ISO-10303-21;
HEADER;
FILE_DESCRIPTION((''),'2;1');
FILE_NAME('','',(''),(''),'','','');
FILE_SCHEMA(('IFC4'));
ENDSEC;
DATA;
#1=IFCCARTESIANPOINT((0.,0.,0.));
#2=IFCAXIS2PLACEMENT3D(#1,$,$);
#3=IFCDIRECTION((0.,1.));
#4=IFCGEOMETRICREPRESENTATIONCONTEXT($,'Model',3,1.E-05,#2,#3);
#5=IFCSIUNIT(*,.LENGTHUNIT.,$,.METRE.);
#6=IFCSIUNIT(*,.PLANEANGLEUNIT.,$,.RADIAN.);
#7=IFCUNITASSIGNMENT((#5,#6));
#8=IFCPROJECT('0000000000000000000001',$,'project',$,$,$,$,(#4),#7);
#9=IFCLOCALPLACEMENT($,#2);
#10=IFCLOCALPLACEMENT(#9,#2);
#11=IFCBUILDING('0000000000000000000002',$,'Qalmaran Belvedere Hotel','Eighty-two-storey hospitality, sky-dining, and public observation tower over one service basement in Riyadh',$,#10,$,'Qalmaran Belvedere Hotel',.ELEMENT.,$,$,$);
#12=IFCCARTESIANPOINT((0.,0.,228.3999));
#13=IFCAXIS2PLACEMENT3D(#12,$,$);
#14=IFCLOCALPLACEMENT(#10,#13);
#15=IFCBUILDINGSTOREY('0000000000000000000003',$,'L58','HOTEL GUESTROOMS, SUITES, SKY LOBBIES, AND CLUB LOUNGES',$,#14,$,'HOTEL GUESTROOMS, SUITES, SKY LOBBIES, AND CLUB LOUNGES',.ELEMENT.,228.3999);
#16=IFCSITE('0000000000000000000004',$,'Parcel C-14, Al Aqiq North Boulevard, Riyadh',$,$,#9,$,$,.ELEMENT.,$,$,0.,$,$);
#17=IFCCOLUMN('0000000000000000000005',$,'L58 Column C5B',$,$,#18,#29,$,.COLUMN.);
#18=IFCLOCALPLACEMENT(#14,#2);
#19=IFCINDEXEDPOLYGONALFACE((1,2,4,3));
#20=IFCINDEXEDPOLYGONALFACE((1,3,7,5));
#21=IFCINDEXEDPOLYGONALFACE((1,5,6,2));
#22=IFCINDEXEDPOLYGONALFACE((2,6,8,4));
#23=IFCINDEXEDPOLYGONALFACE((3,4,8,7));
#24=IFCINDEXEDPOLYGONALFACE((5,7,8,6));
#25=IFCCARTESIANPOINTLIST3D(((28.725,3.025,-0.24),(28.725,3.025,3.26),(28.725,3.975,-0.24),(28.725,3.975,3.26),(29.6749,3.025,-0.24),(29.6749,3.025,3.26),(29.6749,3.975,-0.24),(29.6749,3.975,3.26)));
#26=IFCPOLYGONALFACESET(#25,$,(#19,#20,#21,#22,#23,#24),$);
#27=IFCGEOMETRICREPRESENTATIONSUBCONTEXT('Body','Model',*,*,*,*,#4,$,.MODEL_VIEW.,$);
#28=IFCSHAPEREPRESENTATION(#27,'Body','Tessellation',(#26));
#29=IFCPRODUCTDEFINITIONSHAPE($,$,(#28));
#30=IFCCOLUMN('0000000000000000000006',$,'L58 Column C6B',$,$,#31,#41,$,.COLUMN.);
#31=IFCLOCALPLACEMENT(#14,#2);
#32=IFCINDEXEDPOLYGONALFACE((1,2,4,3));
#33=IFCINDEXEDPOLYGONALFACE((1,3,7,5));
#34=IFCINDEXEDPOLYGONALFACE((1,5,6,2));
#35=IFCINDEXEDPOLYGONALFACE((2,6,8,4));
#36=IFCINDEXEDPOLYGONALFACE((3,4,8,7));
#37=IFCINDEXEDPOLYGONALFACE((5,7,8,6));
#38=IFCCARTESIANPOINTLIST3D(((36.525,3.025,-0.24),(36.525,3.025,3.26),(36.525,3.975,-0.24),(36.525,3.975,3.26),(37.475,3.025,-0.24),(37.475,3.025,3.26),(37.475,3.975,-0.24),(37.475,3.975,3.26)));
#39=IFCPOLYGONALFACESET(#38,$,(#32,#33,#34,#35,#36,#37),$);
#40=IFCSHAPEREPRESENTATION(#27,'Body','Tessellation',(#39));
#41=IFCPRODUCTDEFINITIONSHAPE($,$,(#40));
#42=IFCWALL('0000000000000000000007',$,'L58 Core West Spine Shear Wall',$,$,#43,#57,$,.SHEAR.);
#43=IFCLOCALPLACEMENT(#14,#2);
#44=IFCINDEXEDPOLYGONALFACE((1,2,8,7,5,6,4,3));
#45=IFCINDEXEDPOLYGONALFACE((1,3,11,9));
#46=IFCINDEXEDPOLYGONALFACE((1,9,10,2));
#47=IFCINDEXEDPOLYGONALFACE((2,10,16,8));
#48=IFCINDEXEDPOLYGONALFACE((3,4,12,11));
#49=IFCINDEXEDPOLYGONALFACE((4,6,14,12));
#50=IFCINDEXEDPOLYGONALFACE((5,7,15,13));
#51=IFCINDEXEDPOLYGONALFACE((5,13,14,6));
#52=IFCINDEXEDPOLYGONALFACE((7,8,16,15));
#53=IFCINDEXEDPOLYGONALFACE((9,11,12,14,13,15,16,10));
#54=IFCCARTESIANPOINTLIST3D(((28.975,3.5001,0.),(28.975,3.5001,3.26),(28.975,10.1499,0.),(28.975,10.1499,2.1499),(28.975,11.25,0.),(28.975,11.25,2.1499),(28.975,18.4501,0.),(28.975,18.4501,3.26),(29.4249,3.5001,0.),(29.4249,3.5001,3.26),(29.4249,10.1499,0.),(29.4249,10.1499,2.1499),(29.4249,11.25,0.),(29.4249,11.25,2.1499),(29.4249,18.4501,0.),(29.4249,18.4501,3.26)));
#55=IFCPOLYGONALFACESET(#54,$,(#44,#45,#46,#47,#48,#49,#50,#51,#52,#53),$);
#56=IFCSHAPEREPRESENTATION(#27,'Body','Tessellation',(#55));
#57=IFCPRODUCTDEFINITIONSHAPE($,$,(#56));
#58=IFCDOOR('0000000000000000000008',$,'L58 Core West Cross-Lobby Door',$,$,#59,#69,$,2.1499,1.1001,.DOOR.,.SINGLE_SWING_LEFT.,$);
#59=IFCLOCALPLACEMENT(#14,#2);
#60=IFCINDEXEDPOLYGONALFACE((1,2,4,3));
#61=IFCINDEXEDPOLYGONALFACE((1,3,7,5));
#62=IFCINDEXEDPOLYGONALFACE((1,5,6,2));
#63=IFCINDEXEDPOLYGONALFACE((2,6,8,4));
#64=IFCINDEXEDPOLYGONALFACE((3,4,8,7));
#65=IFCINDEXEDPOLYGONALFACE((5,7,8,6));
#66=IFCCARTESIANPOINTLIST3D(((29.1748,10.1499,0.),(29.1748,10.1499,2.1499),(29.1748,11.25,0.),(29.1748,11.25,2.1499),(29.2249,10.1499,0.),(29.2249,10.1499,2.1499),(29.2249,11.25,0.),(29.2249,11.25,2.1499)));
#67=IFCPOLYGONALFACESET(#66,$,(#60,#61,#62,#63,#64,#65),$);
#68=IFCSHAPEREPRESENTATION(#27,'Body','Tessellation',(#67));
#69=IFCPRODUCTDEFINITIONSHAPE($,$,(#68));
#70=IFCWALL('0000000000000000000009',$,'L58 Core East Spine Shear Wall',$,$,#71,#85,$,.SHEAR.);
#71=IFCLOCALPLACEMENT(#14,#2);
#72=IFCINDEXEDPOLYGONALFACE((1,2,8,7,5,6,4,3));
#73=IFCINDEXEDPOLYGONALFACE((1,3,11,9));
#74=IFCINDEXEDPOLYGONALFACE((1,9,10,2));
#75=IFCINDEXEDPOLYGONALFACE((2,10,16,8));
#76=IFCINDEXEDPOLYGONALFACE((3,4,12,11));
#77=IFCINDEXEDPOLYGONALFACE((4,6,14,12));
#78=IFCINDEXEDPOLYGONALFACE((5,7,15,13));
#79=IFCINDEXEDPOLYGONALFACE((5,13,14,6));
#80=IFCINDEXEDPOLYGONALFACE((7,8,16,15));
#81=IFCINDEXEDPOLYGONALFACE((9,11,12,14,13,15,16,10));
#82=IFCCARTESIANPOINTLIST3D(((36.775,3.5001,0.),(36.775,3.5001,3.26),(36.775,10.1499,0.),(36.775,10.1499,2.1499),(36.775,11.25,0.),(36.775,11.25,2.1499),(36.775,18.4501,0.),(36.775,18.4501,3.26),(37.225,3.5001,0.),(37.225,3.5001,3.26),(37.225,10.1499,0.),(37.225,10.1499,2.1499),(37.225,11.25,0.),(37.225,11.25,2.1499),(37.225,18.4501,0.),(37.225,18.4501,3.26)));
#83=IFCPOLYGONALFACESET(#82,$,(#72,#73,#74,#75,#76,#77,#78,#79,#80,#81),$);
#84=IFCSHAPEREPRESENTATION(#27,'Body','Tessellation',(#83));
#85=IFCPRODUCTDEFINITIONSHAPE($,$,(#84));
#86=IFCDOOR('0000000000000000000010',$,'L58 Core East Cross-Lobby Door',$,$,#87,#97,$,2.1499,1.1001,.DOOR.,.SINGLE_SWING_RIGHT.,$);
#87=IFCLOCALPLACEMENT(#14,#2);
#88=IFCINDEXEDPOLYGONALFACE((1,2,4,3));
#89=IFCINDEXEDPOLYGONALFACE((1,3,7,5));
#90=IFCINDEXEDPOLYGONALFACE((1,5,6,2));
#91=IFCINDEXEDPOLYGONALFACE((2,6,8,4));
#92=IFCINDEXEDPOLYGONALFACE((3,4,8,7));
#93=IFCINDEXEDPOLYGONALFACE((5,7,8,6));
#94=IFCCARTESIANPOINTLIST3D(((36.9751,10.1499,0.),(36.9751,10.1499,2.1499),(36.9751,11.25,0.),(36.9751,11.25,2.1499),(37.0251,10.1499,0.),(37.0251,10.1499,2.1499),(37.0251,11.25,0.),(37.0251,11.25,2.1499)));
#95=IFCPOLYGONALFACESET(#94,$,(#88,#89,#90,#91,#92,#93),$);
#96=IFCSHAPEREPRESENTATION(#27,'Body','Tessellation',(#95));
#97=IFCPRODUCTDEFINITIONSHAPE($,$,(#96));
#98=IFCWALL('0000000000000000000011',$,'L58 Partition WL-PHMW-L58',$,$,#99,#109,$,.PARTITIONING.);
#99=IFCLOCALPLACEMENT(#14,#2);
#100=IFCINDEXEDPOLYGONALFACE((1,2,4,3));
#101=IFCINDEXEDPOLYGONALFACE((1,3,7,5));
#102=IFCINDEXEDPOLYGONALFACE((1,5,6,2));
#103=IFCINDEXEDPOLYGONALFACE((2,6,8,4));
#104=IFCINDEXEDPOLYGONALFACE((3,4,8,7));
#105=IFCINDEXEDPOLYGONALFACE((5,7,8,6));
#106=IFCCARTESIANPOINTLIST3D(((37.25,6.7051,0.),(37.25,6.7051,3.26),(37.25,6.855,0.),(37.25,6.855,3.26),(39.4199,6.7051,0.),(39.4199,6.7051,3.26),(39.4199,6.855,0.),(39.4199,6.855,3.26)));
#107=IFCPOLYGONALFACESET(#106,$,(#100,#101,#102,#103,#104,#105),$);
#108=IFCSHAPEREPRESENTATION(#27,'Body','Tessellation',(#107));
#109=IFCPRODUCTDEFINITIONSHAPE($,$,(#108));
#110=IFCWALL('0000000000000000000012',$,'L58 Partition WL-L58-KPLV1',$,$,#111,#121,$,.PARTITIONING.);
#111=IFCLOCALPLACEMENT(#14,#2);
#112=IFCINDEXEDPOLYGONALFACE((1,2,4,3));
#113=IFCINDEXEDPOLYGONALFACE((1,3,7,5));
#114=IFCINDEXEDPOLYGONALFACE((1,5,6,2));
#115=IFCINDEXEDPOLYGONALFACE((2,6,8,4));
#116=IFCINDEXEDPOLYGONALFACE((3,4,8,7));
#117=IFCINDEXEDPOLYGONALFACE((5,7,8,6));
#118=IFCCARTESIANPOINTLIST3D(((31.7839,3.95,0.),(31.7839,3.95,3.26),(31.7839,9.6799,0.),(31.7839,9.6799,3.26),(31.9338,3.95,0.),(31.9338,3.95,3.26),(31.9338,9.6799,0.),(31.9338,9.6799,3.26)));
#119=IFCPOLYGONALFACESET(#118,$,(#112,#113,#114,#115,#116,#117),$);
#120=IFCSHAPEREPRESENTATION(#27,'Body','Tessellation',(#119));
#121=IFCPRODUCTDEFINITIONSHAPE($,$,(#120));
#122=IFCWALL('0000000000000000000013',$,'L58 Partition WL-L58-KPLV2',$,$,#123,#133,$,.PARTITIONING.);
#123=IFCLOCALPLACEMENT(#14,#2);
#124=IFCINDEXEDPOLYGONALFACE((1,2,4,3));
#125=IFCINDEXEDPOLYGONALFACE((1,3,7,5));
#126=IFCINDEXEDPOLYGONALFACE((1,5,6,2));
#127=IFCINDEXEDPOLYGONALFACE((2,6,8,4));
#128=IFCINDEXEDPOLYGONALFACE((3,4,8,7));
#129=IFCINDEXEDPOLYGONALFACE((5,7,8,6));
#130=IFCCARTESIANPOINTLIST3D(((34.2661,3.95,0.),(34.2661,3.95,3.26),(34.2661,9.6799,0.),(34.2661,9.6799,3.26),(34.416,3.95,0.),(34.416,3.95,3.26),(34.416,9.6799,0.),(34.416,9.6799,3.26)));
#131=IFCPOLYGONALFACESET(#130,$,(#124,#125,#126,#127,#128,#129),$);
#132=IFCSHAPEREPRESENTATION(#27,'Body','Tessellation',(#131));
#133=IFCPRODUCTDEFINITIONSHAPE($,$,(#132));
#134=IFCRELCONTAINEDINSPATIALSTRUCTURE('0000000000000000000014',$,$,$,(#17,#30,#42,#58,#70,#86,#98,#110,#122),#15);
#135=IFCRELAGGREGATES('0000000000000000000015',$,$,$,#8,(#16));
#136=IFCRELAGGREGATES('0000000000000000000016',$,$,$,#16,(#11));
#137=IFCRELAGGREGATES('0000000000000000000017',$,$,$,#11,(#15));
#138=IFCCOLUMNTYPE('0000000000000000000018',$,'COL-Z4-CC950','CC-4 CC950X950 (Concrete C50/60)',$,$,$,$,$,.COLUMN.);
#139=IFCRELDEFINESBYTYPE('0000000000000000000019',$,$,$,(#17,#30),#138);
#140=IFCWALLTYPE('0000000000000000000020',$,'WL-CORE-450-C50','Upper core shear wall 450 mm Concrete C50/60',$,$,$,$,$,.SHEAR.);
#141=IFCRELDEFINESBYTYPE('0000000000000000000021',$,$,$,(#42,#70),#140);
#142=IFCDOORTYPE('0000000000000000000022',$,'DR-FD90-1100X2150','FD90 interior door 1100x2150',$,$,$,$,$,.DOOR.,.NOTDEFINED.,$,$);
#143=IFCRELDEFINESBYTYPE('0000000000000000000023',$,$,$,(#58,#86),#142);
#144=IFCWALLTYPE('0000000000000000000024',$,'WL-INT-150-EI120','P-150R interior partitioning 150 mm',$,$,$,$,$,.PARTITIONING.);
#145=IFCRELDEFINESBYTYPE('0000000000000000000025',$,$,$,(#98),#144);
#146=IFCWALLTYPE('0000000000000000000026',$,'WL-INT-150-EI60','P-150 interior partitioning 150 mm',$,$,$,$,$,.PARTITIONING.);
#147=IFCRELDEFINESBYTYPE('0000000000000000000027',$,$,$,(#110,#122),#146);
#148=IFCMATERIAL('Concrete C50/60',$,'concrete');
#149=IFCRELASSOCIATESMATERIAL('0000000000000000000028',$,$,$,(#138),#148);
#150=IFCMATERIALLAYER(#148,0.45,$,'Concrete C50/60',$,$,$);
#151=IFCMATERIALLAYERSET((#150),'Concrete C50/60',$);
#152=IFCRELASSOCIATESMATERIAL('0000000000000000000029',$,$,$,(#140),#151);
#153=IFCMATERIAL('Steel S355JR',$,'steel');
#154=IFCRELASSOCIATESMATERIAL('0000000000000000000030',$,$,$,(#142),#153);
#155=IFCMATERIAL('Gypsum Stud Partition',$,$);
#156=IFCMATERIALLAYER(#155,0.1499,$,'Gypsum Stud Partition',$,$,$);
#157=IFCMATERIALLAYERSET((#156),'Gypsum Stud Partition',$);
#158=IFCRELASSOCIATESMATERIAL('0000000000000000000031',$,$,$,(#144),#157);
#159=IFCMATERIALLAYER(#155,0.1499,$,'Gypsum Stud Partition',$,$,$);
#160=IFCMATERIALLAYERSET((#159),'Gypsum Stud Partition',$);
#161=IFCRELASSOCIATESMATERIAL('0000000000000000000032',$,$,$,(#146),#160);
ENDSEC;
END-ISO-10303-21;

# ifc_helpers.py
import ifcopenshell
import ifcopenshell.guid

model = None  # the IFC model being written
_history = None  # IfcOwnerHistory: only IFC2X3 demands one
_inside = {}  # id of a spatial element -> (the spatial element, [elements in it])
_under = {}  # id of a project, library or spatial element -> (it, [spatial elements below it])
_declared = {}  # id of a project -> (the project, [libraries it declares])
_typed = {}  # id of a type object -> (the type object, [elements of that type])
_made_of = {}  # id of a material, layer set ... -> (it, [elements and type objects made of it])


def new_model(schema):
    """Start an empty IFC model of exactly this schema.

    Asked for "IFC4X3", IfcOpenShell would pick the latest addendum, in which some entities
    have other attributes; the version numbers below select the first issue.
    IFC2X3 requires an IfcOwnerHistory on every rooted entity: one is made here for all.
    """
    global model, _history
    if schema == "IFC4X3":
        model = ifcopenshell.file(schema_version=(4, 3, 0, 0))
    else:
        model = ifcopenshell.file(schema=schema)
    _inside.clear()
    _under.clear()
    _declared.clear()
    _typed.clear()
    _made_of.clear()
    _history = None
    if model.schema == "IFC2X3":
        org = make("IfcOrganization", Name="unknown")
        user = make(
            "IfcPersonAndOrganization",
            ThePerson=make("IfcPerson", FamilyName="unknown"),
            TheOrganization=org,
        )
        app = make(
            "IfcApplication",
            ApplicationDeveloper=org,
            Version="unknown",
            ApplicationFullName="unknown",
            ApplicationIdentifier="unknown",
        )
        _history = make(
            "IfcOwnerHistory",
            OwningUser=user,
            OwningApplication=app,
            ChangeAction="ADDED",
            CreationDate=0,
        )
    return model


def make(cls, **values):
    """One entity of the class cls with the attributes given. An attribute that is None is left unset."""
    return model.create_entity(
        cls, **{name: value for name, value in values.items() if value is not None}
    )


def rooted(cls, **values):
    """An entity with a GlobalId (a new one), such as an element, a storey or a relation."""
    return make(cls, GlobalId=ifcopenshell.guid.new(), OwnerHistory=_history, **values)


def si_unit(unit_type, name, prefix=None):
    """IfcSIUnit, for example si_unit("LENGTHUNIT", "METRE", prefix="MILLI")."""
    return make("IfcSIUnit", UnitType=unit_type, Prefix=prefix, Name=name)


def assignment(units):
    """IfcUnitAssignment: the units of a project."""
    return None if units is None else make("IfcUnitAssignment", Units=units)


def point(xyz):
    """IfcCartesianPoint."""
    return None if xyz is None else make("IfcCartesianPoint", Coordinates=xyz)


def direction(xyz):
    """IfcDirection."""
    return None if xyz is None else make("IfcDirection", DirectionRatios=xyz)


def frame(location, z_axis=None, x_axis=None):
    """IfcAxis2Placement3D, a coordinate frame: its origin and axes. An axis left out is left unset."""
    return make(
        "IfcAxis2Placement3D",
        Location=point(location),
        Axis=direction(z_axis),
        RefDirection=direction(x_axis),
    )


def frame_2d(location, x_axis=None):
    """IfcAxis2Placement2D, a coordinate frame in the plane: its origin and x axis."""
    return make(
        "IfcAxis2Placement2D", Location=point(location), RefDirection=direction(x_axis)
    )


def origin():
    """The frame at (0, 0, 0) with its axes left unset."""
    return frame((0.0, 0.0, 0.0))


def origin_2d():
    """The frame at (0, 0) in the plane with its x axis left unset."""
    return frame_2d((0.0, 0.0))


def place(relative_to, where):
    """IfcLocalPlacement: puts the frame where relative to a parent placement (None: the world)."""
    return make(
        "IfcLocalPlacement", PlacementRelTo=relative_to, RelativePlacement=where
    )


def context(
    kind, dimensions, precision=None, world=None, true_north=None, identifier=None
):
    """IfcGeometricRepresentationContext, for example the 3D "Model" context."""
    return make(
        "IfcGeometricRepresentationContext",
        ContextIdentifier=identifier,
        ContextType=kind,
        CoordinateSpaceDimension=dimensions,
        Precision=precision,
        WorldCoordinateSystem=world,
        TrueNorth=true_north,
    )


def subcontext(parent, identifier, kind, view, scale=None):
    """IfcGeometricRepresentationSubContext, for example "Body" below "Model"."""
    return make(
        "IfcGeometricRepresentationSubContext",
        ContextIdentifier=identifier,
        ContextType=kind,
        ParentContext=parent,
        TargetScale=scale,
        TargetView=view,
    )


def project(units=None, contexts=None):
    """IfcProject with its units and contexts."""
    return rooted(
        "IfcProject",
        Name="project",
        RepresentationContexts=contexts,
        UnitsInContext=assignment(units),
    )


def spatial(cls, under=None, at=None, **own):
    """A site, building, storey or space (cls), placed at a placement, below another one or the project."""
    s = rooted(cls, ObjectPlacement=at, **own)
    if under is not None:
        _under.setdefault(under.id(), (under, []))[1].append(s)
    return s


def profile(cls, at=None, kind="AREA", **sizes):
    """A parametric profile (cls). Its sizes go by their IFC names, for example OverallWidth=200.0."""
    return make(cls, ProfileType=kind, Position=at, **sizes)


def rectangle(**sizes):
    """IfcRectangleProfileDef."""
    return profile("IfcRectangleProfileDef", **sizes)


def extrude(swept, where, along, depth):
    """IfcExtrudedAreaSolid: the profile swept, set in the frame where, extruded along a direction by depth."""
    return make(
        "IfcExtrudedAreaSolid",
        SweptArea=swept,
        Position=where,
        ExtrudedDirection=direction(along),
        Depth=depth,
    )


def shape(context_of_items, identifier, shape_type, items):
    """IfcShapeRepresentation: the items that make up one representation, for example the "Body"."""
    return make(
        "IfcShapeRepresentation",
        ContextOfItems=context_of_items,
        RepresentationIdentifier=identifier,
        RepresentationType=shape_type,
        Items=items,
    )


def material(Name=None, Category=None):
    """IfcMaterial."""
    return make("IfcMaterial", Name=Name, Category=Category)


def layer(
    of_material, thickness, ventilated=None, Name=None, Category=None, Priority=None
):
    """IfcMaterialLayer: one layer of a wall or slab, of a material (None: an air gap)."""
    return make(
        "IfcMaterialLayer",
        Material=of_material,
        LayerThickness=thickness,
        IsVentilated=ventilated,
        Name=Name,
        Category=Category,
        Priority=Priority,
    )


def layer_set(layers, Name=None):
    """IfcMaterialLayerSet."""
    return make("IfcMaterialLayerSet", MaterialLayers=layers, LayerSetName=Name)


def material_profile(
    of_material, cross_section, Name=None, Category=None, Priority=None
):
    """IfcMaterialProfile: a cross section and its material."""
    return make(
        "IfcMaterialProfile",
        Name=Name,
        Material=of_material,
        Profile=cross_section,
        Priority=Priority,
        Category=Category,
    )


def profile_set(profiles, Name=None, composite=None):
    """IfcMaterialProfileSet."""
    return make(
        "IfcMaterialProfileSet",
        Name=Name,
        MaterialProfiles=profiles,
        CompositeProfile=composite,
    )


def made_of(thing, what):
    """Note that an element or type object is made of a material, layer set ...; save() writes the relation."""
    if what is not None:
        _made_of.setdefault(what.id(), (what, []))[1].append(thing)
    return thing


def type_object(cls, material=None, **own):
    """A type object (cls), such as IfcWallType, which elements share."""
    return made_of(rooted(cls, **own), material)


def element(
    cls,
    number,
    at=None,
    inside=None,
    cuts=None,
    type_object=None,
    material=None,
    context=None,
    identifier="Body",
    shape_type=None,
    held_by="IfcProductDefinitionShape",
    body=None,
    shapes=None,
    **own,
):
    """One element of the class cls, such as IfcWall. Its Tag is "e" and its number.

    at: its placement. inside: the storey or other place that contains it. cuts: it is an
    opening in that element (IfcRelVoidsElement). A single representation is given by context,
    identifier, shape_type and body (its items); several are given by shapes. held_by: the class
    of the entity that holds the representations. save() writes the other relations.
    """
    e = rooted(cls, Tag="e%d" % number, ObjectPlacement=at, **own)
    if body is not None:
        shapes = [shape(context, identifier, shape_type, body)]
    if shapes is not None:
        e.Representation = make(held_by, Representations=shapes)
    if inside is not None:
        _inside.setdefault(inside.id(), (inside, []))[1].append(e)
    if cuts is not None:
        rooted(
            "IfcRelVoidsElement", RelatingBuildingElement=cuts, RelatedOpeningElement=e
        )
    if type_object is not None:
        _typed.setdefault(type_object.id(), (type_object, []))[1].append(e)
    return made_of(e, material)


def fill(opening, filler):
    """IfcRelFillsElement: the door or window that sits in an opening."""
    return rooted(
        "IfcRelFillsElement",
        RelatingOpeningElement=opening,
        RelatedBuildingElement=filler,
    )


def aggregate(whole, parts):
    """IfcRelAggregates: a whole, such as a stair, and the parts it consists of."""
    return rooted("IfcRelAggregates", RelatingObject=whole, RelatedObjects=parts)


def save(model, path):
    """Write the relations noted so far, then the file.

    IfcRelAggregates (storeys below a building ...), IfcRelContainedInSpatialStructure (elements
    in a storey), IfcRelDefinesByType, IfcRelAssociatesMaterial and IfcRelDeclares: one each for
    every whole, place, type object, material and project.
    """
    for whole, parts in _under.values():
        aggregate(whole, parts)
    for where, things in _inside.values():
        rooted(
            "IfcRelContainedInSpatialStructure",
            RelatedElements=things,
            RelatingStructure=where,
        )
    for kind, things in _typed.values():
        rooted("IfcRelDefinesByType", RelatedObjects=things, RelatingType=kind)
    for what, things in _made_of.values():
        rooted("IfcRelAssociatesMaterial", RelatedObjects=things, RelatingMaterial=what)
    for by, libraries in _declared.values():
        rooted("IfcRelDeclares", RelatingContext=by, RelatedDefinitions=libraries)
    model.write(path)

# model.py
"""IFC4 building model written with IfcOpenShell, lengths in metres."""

from ifc_helpers import new_model, si_unit, direction, frame, frame_2d, origin, origin_2d, place, context, subcontext, project, spatial, rectangle, extrude, material, layer, layer_set, material_profile, profile_set, type_object, element, fill, save


model = new_model("IFC4")

# Units and contexts
model_context = context("Model", 3, precision=1e-05, world=origin(), true_north=direction((0.0, 1.0)))
body_context = subcontext(model_context, "Body", "Model", "MODEL_VIEW")
ifc_project = project(units=[si_unit("LENGTHUNIT", "METRE"), si_unit("PLANEANGLEUNIT", "RADIAN")], contexts=[model_context])

# Site, building, storey
site_placement = place(None, origin())
site = spatial("IfcSite", under=ifc_project, at=site_placement, Name="Parcel C-14, Al Aqiq North Boulevard, Riyadh", CompositionType="ELEMENT", RefElevation=0.0)
building_placement = place(site_placement, origin())
building = spatial("IfcBuilding", under=site, at=building_placement, Name="Qalmaran Belvedere Hotel", Description="Eighty-two-storey hospitality, sky-dining, and public observation tower over one service basement in Riyadh", LongName="Qalmaran Belvedere Hotel", CompositionType="ELEMENT")
storey_placement = place(building_placement, frame((0.0, 0.0, 228.3999)))
storey = spatial("IfcBuildingStorey", under=building, at=storey_placement, Name="L58", Description="HOTEL GUESTROOMS, SUITES, SKY LOBBIES, AND CLUB LOUNGES", LongName="HOTEL GUESTROOMS, SUITES, SKY LOBBIES, AND CLUB LOUNGES", CompositionType="ELEMENT", Elevation=228.3999)

# Columns
ifc_material_1 = material(Name="Concrete C50/60", Category="concrete")
ifc_material_profile = material_profile(ifc_material_1, rectangle(XDim=0.95, YDim=0.95, at=origin_2d()), Name="CC950X950")
ifc_profile_set = profile_set([ifc_material_profile], Name="Concrete C50/60")
column_type = type_object("IfcColumnType", Name="COL-Z4-CC950", Description="CC-4 CC950X950 (Concrete C50/60)", PredefinedType="COLUMN", material=ifc_profile_set)
for number, where, z_axis, x_axis, name in (
    (1, (29.2, 3.5, -0.24), (0.0, 0.0, 1.0), (1.0, 0.0, 0.0), "L58 Column C5B"),
    (2, (37.0, 3.5, -0.24), (0.0, 0.0, 1.0), (1.0, 0.0, 0.0), "L58 Column C6B"),
):
    element("IfcColumn", number, at=place(storey_placement, frame(where, z_axis=z_axis, x_axis=x_axis)), inside=storey, type_object=column_type, Name=name, PredefinedType="COLUMN", context=body_context, shape_type="SweptSolid", body=[
        extrude(rectangle(XDim=0.95, YDim=0.95, at=origin_2d()), origin(), (0.0, 0.0, 1.0), 3.5),
    ])

# Walls, openings, doors
ifc_layer_1 = layer(ifc_material_1, 0.45, Name="Concrete C50/60")
ifc_layer_set_1 = layer_set([ifc_layer_1], Name="Concrete C50/60")
wall_type_1 = type_object("IfcWallType", Name="WL-CORE-450-C50", Description="Upper core shear wall 450 mm Concrete C50/60", PredefinedType="SHEAR", material=ifc_layer_set_1)
wall_1_placement = place(storey_placement, frame((29.2, 3.5, 0.0), z_axis=(0.0, 0.0, 1.0), x_axis=(0.0, 1.0, 0.0)))
wall_1 = element("IfcWall", 3, at=wall_1_placement, inside=storey, type_object=wall_type_1, Name="L58 Core West Spine Shear Wall", PredefinedType="SHEAR", context=body_context, shape_type="SweptSolid", body=[
    extrude(rectangle(XDim=14.95, YDim=0.45, at=frame_2d((7.4751, 0.0))), origin(), (0.0, 0.0, 1.0), 3.26),
])
opening_1_placement = place(wall_1_placement, frame((7.75, 0.0, 0.0), z_axis=(0.0, 0.0, 1.0), x_axis=(-1.0, 0.0, 0.0)))
opening_1 = element("IfcOpeningElement", 4, at=opening_1_placement, cuts=wall_1, PredefinedType="OPENING", context=body_context, shape_type="SweptSolid", body=[
    extrude(rectangle(XDim=1.1001, YDim=2.1499, at=frame_2d((0.55, 1.075))), frame((0.0, 0.2349, 0.0), z_axis=(0.0, -1.0, 0.0), x_axis=(1.0, 0.0, 0.0)), (0.0, 0.0, 1.0), 0.47),
])
ifc_material_2 = material(Name="Steel S355JR", Category="steel")
door_type_1 = type_object("IfcDoorType", Name="DR-FD90-1100X2150", Description="FD90 interior door 1100x2150", OperationType="NOTDEFINED", PredefinedType="DOOR", material=ifc_material_2)
door_1_placement = place(opening_1_placement, origin())
door_1 = element("IfcDoor", 5, at=door_1_placement, inside=storey, type_object=door_type_1, Name="L58 Core West Cross-Lobby Door", OperationType="SINGLE_SWING_LEFT", OverallHeight=2.1499, OverallWidth=1.1001, PredefinedType="DOOR", context=body_context, shape_type="SweptSolid", body=[
    extrude(rectangle(XDim=1.1001, YDim=2.1499, at=frame_2d((0.55, 1.075))), frame((0.0, 0.0249, 0.0), z_axis=(0.0, -1.0, 0.0), x_axis=(1.0, 0.0, 0.0)), (0.0, 0.0, 1.0), 0.05),
])
fill(opening_1, door_1)
wall_2_placement = place(storey_placement, frame((37.0, 3.5, 0.0), z_axis=(0.0, 0.0, 1.0), x_axis=(0.0, 1.0, 0.0)))
wall_2 = element("IfcWall", 6, at=wall_2_placement, inside=storey, type_object=wall_type_1, Name="L58 Core East Spine Shear Wall", PredefinedType="SHEAR", context=body_context, shape_type="SweptSolid", body=[
    extrude(rectangle(XDim=14.95, YDim=0.45, at=frame_2d((7.4751, 0.0))), origin(), (0.0, 0.0, 1.0), 3.26),
])
opening_2_placement = place(wall_2_placement, frame((6.6499, 0.0, 0.0)))
opening_2 = element("IfcOpeningElement", 7, at=opening_2_placement, cuts=wall_2, PredefinedType="OPENING", context=body_context, shape_type="SweptSolid", body=[
    extrude(rectangle(XDim=1.1001, YDim=2.1499, at=frame_2d((0.55, 1.075))), frame((0.0, 0.2349, 0.0), z_axis=(0.0, -1.0, 0.0), x_axis=(1.0, 0.0, 0.0)), (0.0, 0.0, 1.0), 0.47),
])
door_2_placement = place(opening_2_placement, origin())
door_2 = element("IfcDoor", 8, at=door_2_placement, inside=storey, type_object=door_type_1, Name="L58 Core East Cross-Lobby Door", OperationType="SINGLE_SWING_RIGHT", OverallHeight=2.1499, OverallWidth=1.1001, PredefinedType="DOOR", context=body_context, shape_type="SweptSolid", body=[
    extrude(rectangle(XDim=1.1001, YDim=2.1499, at=frame_2d((0.55, 1.075))), frame((0.0, 0.0249, 0.0), z_axis=(0.0, -1.0, 0.0), x_axis=(1.0, 0.0, 0.0)), (0.0, 0.0, 1.0), 0.05),
])
fill(opening_2, door_2)

# Walls
ifc_material_3 = material(Name="Gypsum Stud Partition")
ifc_layer_2 = layer(ifc_material_3, 0.1499, Name="Gypsum Stud Partition")
ifc_layer_set_2 = layer_set([ifc_layer_2], Name="Gypsum Stud Partition")
wall_type_2 = type_object("IfcWallType", Name="WL-INT-150-EI120", Description="P-150R interior partitioning 150 mm", PredefinedType="PARTITIONING", material=ifc_layer_set_2)
wall_3_placement = place(storey_placement, frame((37.25, 6.78, 0.0), z_axis=(0.0, 0.0, 1.0), x_axis=(1.0, 0.0, 0.0)))
element("IfcWall", 9, at=wall_3_placement, inside=storey, type_object=wall_type_2, Name="L58 Partition WL-PHMW-L58", PredefinedType="PARTITIONING", context=body_context, shape_type="SweptSolid", body=[
    extrude(rectangle(XDim=2.1699, YDim=0.1499, at=frame_2d((1.085, 0.0))), origin(), (0.0, 0.0, 1.0), 3.26),
])
ifc_layer_3 = layer(ifc_material_3, 0.1499, Name="Gypsum Stud Partition")
ifc_layer_set_3 = layer_set([ifc_layer_3], Name="Gypsum Stud Partition")
wall_type_3 = type_object("IfcWallType", Name="WL-INT-150-EI60", Description="P-150 interior partitioning 150 mm", PredefinedType="PARTITIONING", material=ifc_layer_set_3)
for number, where, z_axis, x_axis, name in (
    (10, (31.8589, 3.95, 0.0), (0.0, 0.0, 1.0), (0.0, 1.0, 0.0), "L58 Partition WL-L58-KPLV1"),
    (11, (34.3411, 3.95, 0.0), (0.0, 0.0, 1.0), (0.0, 1.0, 0.0), "L58 Partition WL-L58-KPLV2"),
):
    element("IfcWall", number, at=place(storey_placement, frame(where, z_axis=z_axis, x_axis=x_axis)), inside=storey, type_object=wall_type_3, Name=name, PredefinedType="PARTITIONING", context=body_context, shape_type="SweptSolid", body=[
        extrude(rectangle(XDim=5.73, YDim=0.1499, at=frame_2d((2.865, 0.0))), origin(), (0.0, 0.0, 1.0), 3.26),
    ])

save(model, "model.ifc")
